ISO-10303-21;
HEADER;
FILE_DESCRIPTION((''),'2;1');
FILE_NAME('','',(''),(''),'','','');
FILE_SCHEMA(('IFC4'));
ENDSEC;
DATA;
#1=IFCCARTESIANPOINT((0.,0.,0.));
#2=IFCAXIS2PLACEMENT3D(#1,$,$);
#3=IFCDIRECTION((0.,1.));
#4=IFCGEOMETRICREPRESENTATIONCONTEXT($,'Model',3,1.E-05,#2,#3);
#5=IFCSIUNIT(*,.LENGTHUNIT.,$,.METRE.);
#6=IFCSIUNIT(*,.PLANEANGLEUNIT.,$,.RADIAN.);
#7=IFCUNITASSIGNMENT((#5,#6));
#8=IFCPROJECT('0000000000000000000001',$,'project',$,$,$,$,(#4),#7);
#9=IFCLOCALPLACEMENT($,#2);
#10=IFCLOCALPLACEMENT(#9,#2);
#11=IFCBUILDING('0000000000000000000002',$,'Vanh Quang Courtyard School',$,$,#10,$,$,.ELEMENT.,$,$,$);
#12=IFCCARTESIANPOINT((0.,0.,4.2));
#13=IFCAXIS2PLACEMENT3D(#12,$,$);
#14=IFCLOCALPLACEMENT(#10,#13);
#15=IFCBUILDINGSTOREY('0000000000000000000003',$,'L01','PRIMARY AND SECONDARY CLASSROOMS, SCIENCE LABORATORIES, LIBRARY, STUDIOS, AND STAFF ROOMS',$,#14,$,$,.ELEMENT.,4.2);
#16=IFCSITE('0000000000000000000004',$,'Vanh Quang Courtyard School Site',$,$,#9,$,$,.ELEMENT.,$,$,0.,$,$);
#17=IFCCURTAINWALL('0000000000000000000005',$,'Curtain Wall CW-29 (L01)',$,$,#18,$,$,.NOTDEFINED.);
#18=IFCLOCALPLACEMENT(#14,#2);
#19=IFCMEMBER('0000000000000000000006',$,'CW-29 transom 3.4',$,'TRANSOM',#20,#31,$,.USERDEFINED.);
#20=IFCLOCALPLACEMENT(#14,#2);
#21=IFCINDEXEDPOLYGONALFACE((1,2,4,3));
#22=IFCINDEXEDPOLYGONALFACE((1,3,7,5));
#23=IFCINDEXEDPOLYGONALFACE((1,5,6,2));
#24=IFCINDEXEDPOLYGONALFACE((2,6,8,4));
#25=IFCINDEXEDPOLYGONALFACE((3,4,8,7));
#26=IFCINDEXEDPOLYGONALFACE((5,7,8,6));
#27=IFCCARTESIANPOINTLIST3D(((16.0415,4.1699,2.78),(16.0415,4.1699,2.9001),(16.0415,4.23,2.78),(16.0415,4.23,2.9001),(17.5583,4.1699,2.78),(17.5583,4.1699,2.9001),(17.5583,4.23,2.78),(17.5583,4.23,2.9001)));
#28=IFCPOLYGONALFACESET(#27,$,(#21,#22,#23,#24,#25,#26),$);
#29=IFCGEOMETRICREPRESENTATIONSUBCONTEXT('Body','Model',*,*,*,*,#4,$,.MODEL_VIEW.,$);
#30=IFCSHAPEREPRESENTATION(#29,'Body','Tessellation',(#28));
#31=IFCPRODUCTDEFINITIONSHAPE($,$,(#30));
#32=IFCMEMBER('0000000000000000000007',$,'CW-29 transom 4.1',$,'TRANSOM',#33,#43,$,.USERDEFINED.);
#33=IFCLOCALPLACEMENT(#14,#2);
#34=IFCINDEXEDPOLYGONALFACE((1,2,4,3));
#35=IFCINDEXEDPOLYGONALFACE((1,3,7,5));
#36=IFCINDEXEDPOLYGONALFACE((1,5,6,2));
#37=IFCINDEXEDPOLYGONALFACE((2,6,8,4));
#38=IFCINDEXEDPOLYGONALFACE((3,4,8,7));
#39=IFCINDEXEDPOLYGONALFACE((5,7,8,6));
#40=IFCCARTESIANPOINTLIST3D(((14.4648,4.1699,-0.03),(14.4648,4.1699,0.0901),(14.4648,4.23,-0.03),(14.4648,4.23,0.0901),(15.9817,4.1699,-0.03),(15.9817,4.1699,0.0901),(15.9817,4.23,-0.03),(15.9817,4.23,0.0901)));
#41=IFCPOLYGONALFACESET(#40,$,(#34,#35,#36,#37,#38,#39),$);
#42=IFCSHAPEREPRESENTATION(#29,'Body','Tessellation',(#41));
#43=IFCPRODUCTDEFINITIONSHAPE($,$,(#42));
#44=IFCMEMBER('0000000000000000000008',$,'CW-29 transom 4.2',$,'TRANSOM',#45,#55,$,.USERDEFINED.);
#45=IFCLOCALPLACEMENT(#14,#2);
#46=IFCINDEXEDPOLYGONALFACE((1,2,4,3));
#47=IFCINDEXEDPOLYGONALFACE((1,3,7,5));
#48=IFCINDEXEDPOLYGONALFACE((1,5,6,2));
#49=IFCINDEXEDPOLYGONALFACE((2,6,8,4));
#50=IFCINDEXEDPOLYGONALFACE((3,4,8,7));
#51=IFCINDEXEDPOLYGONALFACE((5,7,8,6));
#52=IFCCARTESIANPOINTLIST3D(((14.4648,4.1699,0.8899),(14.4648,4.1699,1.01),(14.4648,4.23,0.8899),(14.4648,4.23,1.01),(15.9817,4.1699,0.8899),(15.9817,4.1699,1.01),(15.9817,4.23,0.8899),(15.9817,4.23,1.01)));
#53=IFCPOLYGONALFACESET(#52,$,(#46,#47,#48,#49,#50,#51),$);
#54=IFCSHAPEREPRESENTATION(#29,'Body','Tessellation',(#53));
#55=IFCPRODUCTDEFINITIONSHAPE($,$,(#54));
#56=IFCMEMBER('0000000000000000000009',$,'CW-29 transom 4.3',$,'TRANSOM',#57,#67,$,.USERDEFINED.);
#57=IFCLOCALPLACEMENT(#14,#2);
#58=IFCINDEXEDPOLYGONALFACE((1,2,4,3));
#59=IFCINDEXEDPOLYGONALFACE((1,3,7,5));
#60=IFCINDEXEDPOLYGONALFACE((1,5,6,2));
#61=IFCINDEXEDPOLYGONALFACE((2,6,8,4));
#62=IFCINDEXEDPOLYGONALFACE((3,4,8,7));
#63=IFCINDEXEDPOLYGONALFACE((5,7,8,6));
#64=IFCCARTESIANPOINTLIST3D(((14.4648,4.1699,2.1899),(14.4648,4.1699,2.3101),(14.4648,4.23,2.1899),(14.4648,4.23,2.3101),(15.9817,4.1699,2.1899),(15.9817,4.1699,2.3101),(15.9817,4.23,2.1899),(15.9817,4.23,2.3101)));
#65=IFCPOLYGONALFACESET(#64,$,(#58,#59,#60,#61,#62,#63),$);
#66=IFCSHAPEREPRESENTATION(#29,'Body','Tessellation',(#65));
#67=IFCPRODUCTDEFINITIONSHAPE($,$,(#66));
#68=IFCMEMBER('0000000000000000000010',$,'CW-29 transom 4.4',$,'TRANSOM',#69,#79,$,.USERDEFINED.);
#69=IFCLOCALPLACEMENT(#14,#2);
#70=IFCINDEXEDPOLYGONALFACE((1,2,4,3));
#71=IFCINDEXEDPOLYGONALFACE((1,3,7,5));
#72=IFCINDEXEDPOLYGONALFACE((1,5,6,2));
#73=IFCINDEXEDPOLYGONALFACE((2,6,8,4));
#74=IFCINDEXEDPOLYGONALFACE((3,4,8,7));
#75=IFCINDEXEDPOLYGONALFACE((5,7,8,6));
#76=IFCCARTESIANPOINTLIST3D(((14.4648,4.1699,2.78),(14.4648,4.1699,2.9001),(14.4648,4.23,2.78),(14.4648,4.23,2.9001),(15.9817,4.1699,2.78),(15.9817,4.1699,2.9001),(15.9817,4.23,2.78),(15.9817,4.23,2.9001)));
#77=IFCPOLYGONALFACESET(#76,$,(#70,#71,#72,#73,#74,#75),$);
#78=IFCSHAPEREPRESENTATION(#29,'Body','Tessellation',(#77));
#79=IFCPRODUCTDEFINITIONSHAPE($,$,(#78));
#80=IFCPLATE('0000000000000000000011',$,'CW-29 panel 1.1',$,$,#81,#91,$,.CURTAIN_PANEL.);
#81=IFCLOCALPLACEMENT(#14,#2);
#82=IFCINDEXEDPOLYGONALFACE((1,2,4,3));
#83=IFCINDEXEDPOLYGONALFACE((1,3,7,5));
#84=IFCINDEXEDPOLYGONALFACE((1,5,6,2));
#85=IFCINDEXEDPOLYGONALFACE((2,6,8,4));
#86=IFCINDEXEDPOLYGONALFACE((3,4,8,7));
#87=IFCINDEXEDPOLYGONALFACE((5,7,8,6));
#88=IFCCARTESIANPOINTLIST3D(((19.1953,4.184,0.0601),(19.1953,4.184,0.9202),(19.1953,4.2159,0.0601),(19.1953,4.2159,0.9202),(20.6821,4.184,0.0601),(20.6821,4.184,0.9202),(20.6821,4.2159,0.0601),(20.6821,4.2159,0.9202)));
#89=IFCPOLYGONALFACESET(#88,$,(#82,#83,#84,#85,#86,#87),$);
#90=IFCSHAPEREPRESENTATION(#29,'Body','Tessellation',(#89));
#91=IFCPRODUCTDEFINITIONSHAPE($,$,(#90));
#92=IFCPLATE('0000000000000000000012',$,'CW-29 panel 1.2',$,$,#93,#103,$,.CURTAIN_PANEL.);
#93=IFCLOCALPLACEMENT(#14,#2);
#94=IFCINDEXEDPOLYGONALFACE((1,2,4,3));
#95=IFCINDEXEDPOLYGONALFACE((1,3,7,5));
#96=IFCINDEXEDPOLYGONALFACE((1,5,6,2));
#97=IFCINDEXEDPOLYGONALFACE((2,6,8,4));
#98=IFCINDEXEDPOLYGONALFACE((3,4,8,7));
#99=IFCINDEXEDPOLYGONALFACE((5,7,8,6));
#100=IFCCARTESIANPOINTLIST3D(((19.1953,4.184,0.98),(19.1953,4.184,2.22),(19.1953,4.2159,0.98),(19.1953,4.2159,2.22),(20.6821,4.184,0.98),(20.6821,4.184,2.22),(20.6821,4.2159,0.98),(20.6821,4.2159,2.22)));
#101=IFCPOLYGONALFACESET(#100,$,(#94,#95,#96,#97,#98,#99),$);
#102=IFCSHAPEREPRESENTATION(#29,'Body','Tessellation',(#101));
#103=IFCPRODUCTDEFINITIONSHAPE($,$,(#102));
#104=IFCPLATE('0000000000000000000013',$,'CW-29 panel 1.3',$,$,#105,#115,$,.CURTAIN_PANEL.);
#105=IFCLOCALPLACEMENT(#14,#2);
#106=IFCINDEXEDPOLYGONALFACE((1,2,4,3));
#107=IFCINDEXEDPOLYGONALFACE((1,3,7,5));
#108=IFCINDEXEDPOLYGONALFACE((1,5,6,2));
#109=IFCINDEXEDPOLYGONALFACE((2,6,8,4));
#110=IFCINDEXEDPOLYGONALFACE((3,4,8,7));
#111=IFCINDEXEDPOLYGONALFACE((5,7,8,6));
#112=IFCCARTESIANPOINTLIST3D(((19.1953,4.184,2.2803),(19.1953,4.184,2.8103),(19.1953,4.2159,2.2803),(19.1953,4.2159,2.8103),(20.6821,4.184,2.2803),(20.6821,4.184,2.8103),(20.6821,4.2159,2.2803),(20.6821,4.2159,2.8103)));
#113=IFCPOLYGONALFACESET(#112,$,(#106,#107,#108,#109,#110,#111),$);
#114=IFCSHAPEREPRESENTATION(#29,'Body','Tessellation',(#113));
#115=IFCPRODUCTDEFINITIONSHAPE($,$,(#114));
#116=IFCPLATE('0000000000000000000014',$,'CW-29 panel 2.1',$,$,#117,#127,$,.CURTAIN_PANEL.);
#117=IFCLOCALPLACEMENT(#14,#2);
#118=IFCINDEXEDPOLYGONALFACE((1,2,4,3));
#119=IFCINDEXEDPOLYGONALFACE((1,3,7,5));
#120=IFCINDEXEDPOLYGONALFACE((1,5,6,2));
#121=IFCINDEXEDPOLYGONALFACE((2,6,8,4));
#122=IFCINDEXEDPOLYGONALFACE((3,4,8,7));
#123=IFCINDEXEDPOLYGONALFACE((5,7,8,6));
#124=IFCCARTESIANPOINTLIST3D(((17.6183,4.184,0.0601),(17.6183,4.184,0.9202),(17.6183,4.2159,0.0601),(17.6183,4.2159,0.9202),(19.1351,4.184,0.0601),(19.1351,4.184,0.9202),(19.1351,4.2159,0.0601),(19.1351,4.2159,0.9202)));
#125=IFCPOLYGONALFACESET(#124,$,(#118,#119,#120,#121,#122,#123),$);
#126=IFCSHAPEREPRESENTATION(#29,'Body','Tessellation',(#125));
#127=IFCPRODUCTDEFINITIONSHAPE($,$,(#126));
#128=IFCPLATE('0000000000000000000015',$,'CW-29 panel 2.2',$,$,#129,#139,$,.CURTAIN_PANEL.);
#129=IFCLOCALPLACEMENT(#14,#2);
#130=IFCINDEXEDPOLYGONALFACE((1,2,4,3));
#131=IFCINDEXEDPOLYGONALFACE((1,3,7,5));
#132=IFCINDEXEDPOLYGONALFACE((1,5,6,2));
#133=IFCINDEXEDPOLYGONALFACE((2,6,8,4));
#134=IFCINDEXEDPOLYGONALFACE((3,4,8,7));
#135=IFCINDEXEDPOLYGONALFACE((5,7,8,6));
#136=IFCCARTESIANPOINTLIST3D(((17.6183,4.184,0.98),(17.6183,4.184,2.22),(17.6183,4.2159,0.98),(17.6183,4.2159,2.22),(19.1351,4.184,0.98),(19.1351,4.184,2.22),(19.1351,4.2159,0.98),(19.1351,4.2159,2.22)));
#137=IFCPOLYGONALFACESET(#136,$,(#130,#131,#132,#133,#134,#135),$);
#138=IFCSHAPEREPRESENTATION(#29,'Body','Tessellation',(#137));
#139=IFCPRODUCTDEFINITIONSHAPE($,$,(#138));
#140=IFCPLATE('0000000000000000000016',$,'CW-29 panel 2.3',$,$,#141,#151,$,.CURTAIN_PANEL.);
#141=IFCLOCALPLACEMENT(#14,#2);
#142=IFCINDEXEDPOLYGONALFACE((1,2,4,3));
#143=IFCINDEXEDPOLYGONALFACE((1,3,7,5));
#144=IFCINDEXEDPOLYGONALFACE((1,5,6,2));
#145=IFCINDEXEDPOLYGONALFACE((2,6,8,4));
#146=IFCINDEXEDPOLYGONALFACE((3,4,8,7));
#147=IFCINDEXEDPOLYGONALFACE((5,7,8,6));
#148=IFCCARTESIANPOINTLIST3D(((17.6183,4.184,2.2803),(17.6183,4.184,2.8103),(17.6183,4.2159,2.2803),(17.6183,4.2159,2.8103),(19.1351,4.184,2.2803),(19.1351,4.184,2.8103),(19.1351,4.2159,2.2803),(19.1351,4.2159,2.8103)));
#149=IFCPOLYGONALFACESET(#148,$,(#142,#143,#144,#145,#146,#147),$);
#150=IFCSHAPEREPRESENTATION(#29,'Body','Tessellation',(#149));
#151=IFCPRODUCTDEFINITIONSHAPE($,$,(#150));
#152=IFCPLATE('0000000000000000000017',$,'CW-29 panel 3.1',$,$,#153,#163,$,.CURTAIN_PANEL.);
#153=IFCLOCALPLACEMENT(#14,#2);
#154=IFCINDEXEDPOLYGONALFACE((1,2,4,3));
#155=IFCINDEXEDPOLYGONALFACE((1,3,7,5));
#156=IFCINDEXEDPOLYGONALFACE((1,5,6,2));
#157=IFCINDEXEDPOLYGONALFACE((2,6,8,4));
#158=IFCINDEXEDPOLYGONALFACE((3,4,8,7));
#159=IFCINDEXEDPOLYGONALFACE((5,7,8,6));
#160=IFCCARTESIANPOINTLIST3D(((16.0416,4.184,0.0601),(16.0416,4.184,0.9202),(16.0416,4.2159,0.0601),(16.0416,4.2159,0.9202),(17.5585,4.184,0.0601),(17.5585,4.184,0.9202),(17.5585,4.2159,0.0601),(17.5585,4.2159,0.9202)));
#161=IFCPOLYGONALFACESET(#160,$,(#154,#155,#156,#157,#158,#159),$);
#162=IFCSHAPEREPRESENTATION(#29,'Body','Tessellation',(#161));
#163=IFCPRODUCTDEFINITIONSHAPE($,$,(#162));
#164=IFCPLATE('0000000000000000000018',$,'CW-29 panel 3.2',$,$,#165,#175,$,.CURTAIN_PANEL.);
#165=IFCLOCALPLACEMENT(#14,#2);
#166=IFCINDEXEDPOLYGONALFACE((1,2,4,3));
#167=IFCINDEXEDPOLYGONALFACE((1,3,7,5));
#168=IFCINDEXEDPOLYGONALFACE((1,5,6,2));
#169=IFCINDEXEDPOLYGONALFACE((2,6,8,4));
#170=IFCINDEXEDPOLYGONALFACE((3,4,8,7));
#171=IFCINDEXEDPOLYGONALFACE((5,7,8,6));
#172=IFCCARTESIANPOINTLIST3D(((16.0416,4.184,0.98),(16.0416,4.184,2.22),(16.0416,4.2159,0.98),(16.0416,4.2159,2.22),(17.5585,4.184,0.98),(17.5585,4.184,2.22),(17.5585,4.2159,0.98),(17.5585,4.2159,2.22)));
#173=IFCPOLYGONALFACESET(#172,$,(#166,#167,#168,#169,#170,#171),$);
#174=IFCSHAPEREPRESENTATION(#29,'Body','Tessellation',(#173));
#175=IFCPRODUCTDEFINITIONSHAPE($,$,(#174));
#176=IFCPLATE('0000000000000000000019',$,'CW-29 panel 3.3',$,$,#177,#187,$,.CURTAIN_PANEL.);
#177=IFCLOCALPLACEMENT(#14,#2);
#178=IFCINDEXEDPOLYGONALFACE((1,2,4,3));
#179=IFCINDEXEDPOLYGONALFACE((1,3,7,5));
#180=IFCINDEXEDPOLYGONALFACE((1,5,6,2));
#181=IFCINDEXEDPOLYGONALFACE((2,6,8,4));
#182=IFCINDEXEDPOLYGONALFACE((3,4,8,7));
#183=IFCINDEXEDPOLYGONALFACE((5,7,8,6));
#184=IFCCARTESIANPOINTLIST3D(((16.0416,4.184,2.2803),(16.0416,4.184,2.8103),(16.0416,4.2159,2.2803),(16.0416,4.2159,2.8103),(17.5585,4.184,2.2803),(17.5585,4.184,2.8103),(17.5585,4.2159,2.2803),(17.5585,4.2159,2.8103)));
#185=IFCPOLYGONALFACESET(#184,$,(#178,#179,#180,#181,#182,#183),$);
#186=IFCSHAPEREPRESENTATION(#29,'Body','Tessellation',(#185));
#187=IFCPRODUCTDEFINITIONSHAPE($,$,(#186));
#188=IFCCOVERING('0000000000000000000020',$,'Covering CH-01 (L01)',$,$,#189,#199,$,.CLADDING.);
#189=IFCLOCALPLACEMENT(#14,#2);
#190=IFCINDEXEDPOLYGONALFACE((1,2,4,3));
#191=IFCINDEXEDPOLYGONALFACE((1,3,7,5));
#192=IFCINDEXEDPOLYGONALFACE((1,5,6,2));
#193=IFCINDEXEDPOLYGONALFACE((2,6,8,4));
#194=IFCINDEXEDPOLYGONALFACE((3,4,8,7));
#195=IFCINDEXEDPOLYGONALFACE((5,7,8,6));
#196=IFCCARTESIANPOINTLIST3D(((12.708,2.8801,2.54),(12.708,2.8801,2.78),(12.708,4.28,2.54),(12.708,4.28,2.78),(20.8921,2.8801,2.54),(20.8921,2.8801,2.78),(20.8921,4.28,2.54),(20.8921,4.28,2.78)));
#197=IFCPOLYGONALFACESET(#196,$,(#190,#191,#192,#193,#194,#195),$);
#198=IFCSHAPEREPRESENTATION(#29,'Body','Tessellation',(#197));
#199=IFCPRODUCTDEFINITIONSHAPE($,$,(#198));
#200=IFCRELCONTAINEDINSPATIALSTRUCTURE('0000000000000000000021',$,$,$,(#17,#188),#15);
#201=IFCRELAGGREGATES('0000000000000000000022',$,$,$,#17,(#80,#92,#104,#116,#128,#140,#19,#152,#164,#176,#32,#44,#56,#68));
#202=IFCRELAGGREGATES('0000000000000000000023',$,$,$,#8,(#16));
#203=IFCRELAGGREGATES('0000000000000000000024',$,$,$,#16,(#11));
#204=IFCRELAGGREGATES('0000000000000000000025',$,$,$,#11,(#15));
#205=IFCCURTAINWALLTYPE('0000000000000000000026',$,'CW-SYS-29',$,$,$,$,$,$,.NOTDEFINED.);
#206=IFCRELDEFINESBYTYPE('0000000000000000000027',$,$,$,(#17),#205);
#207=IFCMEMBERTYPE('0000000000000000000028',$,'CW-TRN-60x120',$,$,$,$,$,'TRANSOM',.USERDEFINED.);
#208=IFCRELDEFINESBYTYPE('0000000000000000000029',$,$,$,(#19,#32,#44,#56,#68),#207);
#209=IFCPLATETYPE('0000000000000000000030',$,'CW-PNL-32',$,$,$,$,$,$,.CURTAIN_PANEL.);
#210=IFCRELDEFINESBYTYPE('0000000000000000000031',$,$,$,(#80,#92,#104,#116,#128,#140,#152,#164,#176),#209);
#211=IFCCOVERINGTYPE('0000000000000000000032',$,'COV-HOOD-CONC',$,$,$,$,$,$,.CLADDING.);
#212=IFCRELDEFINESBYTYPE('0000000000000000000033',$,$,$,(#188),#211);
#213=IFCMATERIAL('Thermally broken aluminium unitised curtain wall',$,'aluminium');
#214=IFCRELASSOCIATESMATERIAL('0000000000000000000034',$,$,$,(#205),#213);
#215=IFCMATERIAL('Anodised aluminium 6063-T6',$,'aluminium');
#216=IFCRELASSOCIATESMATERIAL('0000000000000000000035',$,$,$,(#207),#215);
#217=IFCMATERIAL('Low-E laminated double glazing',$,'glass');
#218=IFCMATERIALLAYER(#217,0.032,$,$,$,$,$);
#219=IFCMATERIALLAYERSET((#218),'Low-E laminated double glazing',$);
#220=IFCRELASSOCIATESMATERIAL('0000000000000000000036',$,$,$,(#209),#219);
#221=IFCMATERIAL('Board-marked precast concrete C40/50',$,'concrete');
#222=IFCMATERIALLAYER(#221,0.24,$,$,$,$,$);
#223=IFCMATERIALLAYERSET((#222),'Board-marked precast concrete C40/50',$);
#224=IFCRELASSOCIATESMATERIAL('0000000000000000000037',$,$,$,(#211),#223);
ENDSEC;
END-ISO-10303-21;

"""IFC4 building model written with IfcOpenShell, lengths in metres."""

from ifc_helpers import new_model, si_unit, direction, frame, origin, origin_2d, place, context, subcontext, project, spatial, rectangle, extrude, material, layer, layer_set, material_profile, profile_set, type_object, element, aggregate, save


model = new_model("IFC4")

# Units and contexts
model_context = context("Model", 3, precision=1e-05, world=origin(), true_north=direction((0.0, 1.0)))
body_context = subcontext(model_context, "Body", "Model", "MODEL_VIEW")
ifc_project = project(units=[si_unit("LENGTHUNIT", "METRE"), si_unit("PLANEANGLEUNIT", "RADIAN")], contexts=[model_context])

# Site, building, storey
site_placement = place(None, origin())
site = spatial("IfcSite", under=ifc_project, at=site_placement, Name="Vanh Quang Courtyard School Site", CompositionType="ELEMENT", RefElevation=0.0)
building_placement = place(site_placement, origin())
building = spatial("IfcBuilding", under=site, at=building_placement, Name="Vanh Quang Courtyard School", CompositionType="ELEMENT")
storey_placement = place(building_placement, frame((0.0, 0.0, 4.2)))
storey = spatial("IfcBuildingStorey", under=building, at=storey_placement, Name="L01", Description="PRIMARY AND SECONDARY CLASSROOMS, SCIENCE LABORATORIES, LIBRARY, STUDIOS, AND STAFF ROOMS", CompositionType="ELEMENT", Elevation=4.2)

# Curtain wall, members, plates
ifc_material_1 = material(Name="Thermally broken aluminium unitised curtain wall", Category="aluminium")
curtain_wall_type = type_object("IfcCurtainWallType", Name="CW-SYS-29", PredefinedType="NOTDEFINED", material=ifc_material_1)
curtain_wall_placement = place(storey_placement, origin())
curtain_wall = element("IfcCurtainWall", 1, at=curtain_wall_placement, inside=storey, type_object=curtain_wall_type, Name="Curtain Wall CW-29 (L01)", PredefinedType="NOTDEFINED")
ifc_material_2 = material(Name="Anodised aluminium 6063-T6", Category="aluminium")
ifc_material_profile_1 = material_profile(ifc_material_2, rectangle(XDim=0.0601, YDim=0.1201, at=origin_2d()), Name="ALU-TRN 60x120")
ifc_profile_set_1 = profile_set([ifc_material_profile_1], Name="Anodised aluminium 6063-T6")
member_type_1 = type_object("IfcMemberType", Name="CW-TRN-60x120", ElementType="TRANSOM", PredefinedType="USERDEFINED", material=ifc_profile_set_1)
member_1_placement = place(storey_placement, frame((17.5583, 4.2, 2.8401), z_axis=(-1.0, 0.0, 0.0), x_axis=(0.0, -1.0, 0.0)))
member_1 = element("IfcMember", 2, at=member_1_placement, type_object=member_type_1, Name="CW-29 transom 3.4", ObjectType="TRANSOM", PredefinedType="USERDEFINED", context=body_context, shape_type="SweptSolid", body=[
    extrude(rectangle(XDim=0.0601, YDim=0.1201, at=origin_2d()), origin(), (0.0, 0.0, 1.0), 1.5168),
])
member_2_placement = place(storey_placement, frame((15.9817, 4.2, 0.03), z_axis=(-1.0, 0.0, 0.0), x_axis=(0.0, -1.0, 0.0)))
member_2 = element("IfcMember", 3, at=member_2_placement, type_object=member_type_1, Name="CW-29 transom 4.1", ObjectType="TRANSOM", PredefinedType="USERDEFINED", context=body_context, shape_type="SweptSolid", body=[
    extrude(rectangle(XDim=0.0601, YDim=0.1201, at=origin_2d()), origin(), (0.0, 0.0, 1.0), 1.5168),
])
member_3_placement = place(storey_placement, frame((15.9817, 4.2, 0.95), z_axis=(-1.0, 0.0, 0.0), x_axis=(0.0, -1.0, 0.0)))
member_3 = element("IfcMember", 4, at=member_3_placement, type_object=member_type_1, Name="CW-29 transom 4.2", ObjectType="TRANSOM", PredefinedType="USERDEFINED", context=body_context, shape_type="SweptSolid", body=[
    extrude(rectangle(XDim=0.0601, YDim=0.1201, at=origin_2d()), origin(), (0.0, 0.0, 1.0), 1.5168),
])
member_4_placement = place(storey_placement, frame((15.9817, 4.2, 2.25), z_axis=(-1.0, 0.0, 0.0), x_axis=(0.0, -1.0, 0.0)))
member_4 = element("IfcMember", 5, at=member_4_placement, type_object=member_type_1, Name="CW-29 transom 4.3", ObjectType="TRANSOM", PredefinedType="USERDEFINED", context=body_context, shape_type="SweptSolid", body=[
    extrude(rectangle(XDim=0.0601, YDim=0.1201, at=origin_2d()), origin(), (0.0, 0.0, 1.0), 1.5168),
])
member_5_placement = place(storey_placement, frame((15.9817, 4.2, 2.8401), z_axis=(-1.0, 0.0, 0.0), x_axis=(0.0, -1.0, 0.0)))
member_5 = element("IfcMember", 6, at=member_5_placement, type_object=member_type_1, Name="CW-29 transom 4.4", ObjectType="TRANSOM", PredefinedType="USERDEFINED", context=body_context, shape_type="SweptSolid", body=[
    extrude(rectangle(XDim=0.0601, YDim=0.1201, at=origin_2d()), origin(), (0.0, 0.0, 1.0), 1.5168),
])
ifc_material_3 = material(Name="Low-E laminated double glazing", Category="glass")
ifc_layer_1 = layer(ifc_material_3, 0.032)
ifc_layer_set_1 = layer_set([ifc_layer_1], Name="Low-E laminated double glazing")
plate_type = type_object("IfcPlateType", Name="CW-PNL-32", PredefinedType="CURTAIN_PANEL", material=ifc_layer_set_1)
plate_1_placement = place(storey_placement, frame((19.9387, 4.2, 0.0601), z_axis=(0.0, 0.0, 1.0), x_axis=(-1.0, 0.0, 0.0)))
plate_1 = element("IfcPlate", 7, at=plate_1_placement, type_object=plate_type, Name="CW-29 panel 1.1", PredefinedType="CURTAIN_PANEL", context=body_context, shape_type="SweptSolid", body=[
    extrude(rectangle(XDim=1.4868, YDim=0.032, at=origin_2d()), origin(), (0.0, 0.0, 1.0), 0.8601),
])
plate_2_placement = place(storey_placement, frame((19.9387, 4.2, 0.98), z_axis=(0.0, 0.0, 1.0), x_axis=(-1.0, 0.0, 0.0)))
plate_2 = element("IfcPlate", 8, at=plate_2_placement, type_object=plate_type, Name="CW-29 panel 1.2", PredefinedType="CURTAIN_PANEL", context=body_context, shape_type="SweptSolid", body=[
    extrude(rectangle(XDim=1.4868, YDim=0.032, at=origin_2d()), origin(), (0.0, 0.0, 1.0), 1.24),
])
plate_3_placement = place(storey_placement, frame((19.9387, 4.2, 2.2803), z_axis=(0.0, 0.0, 1.0), x_axis=(-1.0, 0.0, 0.0)))
plate_3 = element("IfcPlate", 9, at=plate_3_placement, type_object=plate_type, Name="CW-29 panel 1.3", PredefinedType="CURTAIN_PANEL", context=body_context, shape_type="SweptSolid", body=[
    extrude(rectangle(XDim=1.4868, YDim=0.032, at=origin_2d()), origin(), (0.0, 0.0, 1.0), 0.53),
])
plate_4_placement = place(storey_placement, frame((18.3767, 4.2, 0.0601), z_axis=(0.0, 0.0, 1.0), x_axis=(-1.0, 0.0, 0.0)))
plate_4 = element("IfcPlate", 10, at=plate_4_placement, type_object=plate_type, Name="CW-29 panel 2.1", PredefinedType="CURTAIN_PANEL", context=body_context, shape_type="SweptSolid", body=[
    extrude(rectangle(XDim=1.5168, YDim=0.032, at=origin_2d()), origin(), (0.0, 0.0, 1.0), 0.8601),
])
plate_5_placement = place(storey_placement, frame((18.3767, 4.2, 0.98), z_axis=(0.0, 0.0, 1.0), x_axis=(-1.0, 0.0, 0.0)))
plate_5 = element("IfcPlate", 11, at=plate_5_placement, type_object=plate_type, Name="CW-29 panel 2.2", PredefinedType="CURTAIN_PANEL", context=body_context, shape_type="SweptSolid", body=[
    extrude(rectangle(XDim=1.5168, YDim=0.032, at=origin_2d()), origin(), (0.0, 0.0, 1.0), 1.24),
])
plate_6_placement = place(storey_placement, frame((18.3767, 4.2, 2.2803), z_axis=(0.0, 0.0, 1.0), x_axis=(-1.0, 0.0, 0.0)))
plate_6 = element("IfcPlate", 12, at=plate_6_placement, type_object=plate_type, Name="CW-29 panel 2.3", PredefinedType="CURTAIN_PANEL", context=body_context, shape_type="SweptSolid", body=[
    extrude(rectangle(XDim=1.5168, YDim=0.032, at=origin_2d()), origin(), (0.0, 0.0, 1.0), 0.53),
])
plate_7_placement = place(storey_placement, frame((16.8, 4.2, 0.0601), z_axis=(0.0, 0.0, 1.0), x_axis=(-1.0, 0.0, 0.0)))
plate_7 = element("IfcPlate", 13, at=plate_7_placement, type_object=plate_type, Name="CW-29 panel 3.1", PredefinedType="CURTAIN_PANEL", context=body_context, shape_type="SweptSolid", body=[
    extrude(rectangle(XDim=1.5168, YDim=0.032, at=origin_2d()), origin(), (0.0, 0.0, 1.0), 0.8601),
])
plate_8_placement = place(storey_placement, frame((16.8, 4.2, 0.98), z_axis=(0.0, 0.0, 1.0), x_axis=(-1.0, 0.0, 0.0)))
plate_8 = element("IfcPlate", 14, at=plate_8_placement, type_object=plate_type, Name="CW-29 panel 3.2", PredefinedType="CURTAIN_PANEL", context=body_context, shape_type="SweptSolid", body=[
    extrude(rectangle(XDim=1.5168, YDim=0.032, at=origin_2d()), origin(), (0.0, 0.0, 1.0), 1.24),
])
plate_9_placement = place(storey_placement, frame((16.8, 4.2, 2.2803), z_axis=(0.0, 0.0, 1.0), x_axis=(-1.0, 0.0, 0.0)))
plate_9 = element("IfcPlate", 15, at=plate_9_placement, type_object=plate_type, Name="CW-29 panel 3.3", PredefinedType="CURTAIN_PANEL", context=body_context, shape_type="SweptSolid", body=[
    extrude(rectangle(XDim=1.5168, YDim=0.032, at=origin_2d()), origin(), (0.0, 0.0, 1.0), 0.53),
])
aggregate(curtain_wall, [plate_1, plate_2, plate_3, plate_4, plate_5, plate_6, member_1, plate_7, plate_8, plate_9, member_2, member_3, member_4, member_5])

# Covering
ifc_material_4 = material(Name="Board-marked precast concrete C40/50", Category="concrete")
ifc_layer_2 = layer(ifc_material_4, 0.24)
ifc_layer_set_2 = layer_set([ifc_layer_2], Name="Board-marked precast concrete C40/50")
covering_type = type_object("IfcCoveringType", Name="COV-HOOD-CONC", PredefinedType="CLADDING", material=ifc_layer_set_2)
covering_1_placement = place(storey_placement, frame((16.8, 3.5801, 2.54), z_axis=(0.0, 0.0, 1.0), x_axis=(-1.0, 0.0, 0.0)))
element("IfcCovering", 16, at=covering_1_placement, inside=storey, type_object=covering_type, Name="Covering CH-01 (L01)", PredefinedType="CLADDING", context=body_context, shape_type="SweptSolid", body=[
    extrude(rectangle(XDim=8.1841, YDim=1.3999, at=origin_2d()), origin(), (0.0, 0.0, 1.0), 0.24),
])

save(model, "model.ifc")
